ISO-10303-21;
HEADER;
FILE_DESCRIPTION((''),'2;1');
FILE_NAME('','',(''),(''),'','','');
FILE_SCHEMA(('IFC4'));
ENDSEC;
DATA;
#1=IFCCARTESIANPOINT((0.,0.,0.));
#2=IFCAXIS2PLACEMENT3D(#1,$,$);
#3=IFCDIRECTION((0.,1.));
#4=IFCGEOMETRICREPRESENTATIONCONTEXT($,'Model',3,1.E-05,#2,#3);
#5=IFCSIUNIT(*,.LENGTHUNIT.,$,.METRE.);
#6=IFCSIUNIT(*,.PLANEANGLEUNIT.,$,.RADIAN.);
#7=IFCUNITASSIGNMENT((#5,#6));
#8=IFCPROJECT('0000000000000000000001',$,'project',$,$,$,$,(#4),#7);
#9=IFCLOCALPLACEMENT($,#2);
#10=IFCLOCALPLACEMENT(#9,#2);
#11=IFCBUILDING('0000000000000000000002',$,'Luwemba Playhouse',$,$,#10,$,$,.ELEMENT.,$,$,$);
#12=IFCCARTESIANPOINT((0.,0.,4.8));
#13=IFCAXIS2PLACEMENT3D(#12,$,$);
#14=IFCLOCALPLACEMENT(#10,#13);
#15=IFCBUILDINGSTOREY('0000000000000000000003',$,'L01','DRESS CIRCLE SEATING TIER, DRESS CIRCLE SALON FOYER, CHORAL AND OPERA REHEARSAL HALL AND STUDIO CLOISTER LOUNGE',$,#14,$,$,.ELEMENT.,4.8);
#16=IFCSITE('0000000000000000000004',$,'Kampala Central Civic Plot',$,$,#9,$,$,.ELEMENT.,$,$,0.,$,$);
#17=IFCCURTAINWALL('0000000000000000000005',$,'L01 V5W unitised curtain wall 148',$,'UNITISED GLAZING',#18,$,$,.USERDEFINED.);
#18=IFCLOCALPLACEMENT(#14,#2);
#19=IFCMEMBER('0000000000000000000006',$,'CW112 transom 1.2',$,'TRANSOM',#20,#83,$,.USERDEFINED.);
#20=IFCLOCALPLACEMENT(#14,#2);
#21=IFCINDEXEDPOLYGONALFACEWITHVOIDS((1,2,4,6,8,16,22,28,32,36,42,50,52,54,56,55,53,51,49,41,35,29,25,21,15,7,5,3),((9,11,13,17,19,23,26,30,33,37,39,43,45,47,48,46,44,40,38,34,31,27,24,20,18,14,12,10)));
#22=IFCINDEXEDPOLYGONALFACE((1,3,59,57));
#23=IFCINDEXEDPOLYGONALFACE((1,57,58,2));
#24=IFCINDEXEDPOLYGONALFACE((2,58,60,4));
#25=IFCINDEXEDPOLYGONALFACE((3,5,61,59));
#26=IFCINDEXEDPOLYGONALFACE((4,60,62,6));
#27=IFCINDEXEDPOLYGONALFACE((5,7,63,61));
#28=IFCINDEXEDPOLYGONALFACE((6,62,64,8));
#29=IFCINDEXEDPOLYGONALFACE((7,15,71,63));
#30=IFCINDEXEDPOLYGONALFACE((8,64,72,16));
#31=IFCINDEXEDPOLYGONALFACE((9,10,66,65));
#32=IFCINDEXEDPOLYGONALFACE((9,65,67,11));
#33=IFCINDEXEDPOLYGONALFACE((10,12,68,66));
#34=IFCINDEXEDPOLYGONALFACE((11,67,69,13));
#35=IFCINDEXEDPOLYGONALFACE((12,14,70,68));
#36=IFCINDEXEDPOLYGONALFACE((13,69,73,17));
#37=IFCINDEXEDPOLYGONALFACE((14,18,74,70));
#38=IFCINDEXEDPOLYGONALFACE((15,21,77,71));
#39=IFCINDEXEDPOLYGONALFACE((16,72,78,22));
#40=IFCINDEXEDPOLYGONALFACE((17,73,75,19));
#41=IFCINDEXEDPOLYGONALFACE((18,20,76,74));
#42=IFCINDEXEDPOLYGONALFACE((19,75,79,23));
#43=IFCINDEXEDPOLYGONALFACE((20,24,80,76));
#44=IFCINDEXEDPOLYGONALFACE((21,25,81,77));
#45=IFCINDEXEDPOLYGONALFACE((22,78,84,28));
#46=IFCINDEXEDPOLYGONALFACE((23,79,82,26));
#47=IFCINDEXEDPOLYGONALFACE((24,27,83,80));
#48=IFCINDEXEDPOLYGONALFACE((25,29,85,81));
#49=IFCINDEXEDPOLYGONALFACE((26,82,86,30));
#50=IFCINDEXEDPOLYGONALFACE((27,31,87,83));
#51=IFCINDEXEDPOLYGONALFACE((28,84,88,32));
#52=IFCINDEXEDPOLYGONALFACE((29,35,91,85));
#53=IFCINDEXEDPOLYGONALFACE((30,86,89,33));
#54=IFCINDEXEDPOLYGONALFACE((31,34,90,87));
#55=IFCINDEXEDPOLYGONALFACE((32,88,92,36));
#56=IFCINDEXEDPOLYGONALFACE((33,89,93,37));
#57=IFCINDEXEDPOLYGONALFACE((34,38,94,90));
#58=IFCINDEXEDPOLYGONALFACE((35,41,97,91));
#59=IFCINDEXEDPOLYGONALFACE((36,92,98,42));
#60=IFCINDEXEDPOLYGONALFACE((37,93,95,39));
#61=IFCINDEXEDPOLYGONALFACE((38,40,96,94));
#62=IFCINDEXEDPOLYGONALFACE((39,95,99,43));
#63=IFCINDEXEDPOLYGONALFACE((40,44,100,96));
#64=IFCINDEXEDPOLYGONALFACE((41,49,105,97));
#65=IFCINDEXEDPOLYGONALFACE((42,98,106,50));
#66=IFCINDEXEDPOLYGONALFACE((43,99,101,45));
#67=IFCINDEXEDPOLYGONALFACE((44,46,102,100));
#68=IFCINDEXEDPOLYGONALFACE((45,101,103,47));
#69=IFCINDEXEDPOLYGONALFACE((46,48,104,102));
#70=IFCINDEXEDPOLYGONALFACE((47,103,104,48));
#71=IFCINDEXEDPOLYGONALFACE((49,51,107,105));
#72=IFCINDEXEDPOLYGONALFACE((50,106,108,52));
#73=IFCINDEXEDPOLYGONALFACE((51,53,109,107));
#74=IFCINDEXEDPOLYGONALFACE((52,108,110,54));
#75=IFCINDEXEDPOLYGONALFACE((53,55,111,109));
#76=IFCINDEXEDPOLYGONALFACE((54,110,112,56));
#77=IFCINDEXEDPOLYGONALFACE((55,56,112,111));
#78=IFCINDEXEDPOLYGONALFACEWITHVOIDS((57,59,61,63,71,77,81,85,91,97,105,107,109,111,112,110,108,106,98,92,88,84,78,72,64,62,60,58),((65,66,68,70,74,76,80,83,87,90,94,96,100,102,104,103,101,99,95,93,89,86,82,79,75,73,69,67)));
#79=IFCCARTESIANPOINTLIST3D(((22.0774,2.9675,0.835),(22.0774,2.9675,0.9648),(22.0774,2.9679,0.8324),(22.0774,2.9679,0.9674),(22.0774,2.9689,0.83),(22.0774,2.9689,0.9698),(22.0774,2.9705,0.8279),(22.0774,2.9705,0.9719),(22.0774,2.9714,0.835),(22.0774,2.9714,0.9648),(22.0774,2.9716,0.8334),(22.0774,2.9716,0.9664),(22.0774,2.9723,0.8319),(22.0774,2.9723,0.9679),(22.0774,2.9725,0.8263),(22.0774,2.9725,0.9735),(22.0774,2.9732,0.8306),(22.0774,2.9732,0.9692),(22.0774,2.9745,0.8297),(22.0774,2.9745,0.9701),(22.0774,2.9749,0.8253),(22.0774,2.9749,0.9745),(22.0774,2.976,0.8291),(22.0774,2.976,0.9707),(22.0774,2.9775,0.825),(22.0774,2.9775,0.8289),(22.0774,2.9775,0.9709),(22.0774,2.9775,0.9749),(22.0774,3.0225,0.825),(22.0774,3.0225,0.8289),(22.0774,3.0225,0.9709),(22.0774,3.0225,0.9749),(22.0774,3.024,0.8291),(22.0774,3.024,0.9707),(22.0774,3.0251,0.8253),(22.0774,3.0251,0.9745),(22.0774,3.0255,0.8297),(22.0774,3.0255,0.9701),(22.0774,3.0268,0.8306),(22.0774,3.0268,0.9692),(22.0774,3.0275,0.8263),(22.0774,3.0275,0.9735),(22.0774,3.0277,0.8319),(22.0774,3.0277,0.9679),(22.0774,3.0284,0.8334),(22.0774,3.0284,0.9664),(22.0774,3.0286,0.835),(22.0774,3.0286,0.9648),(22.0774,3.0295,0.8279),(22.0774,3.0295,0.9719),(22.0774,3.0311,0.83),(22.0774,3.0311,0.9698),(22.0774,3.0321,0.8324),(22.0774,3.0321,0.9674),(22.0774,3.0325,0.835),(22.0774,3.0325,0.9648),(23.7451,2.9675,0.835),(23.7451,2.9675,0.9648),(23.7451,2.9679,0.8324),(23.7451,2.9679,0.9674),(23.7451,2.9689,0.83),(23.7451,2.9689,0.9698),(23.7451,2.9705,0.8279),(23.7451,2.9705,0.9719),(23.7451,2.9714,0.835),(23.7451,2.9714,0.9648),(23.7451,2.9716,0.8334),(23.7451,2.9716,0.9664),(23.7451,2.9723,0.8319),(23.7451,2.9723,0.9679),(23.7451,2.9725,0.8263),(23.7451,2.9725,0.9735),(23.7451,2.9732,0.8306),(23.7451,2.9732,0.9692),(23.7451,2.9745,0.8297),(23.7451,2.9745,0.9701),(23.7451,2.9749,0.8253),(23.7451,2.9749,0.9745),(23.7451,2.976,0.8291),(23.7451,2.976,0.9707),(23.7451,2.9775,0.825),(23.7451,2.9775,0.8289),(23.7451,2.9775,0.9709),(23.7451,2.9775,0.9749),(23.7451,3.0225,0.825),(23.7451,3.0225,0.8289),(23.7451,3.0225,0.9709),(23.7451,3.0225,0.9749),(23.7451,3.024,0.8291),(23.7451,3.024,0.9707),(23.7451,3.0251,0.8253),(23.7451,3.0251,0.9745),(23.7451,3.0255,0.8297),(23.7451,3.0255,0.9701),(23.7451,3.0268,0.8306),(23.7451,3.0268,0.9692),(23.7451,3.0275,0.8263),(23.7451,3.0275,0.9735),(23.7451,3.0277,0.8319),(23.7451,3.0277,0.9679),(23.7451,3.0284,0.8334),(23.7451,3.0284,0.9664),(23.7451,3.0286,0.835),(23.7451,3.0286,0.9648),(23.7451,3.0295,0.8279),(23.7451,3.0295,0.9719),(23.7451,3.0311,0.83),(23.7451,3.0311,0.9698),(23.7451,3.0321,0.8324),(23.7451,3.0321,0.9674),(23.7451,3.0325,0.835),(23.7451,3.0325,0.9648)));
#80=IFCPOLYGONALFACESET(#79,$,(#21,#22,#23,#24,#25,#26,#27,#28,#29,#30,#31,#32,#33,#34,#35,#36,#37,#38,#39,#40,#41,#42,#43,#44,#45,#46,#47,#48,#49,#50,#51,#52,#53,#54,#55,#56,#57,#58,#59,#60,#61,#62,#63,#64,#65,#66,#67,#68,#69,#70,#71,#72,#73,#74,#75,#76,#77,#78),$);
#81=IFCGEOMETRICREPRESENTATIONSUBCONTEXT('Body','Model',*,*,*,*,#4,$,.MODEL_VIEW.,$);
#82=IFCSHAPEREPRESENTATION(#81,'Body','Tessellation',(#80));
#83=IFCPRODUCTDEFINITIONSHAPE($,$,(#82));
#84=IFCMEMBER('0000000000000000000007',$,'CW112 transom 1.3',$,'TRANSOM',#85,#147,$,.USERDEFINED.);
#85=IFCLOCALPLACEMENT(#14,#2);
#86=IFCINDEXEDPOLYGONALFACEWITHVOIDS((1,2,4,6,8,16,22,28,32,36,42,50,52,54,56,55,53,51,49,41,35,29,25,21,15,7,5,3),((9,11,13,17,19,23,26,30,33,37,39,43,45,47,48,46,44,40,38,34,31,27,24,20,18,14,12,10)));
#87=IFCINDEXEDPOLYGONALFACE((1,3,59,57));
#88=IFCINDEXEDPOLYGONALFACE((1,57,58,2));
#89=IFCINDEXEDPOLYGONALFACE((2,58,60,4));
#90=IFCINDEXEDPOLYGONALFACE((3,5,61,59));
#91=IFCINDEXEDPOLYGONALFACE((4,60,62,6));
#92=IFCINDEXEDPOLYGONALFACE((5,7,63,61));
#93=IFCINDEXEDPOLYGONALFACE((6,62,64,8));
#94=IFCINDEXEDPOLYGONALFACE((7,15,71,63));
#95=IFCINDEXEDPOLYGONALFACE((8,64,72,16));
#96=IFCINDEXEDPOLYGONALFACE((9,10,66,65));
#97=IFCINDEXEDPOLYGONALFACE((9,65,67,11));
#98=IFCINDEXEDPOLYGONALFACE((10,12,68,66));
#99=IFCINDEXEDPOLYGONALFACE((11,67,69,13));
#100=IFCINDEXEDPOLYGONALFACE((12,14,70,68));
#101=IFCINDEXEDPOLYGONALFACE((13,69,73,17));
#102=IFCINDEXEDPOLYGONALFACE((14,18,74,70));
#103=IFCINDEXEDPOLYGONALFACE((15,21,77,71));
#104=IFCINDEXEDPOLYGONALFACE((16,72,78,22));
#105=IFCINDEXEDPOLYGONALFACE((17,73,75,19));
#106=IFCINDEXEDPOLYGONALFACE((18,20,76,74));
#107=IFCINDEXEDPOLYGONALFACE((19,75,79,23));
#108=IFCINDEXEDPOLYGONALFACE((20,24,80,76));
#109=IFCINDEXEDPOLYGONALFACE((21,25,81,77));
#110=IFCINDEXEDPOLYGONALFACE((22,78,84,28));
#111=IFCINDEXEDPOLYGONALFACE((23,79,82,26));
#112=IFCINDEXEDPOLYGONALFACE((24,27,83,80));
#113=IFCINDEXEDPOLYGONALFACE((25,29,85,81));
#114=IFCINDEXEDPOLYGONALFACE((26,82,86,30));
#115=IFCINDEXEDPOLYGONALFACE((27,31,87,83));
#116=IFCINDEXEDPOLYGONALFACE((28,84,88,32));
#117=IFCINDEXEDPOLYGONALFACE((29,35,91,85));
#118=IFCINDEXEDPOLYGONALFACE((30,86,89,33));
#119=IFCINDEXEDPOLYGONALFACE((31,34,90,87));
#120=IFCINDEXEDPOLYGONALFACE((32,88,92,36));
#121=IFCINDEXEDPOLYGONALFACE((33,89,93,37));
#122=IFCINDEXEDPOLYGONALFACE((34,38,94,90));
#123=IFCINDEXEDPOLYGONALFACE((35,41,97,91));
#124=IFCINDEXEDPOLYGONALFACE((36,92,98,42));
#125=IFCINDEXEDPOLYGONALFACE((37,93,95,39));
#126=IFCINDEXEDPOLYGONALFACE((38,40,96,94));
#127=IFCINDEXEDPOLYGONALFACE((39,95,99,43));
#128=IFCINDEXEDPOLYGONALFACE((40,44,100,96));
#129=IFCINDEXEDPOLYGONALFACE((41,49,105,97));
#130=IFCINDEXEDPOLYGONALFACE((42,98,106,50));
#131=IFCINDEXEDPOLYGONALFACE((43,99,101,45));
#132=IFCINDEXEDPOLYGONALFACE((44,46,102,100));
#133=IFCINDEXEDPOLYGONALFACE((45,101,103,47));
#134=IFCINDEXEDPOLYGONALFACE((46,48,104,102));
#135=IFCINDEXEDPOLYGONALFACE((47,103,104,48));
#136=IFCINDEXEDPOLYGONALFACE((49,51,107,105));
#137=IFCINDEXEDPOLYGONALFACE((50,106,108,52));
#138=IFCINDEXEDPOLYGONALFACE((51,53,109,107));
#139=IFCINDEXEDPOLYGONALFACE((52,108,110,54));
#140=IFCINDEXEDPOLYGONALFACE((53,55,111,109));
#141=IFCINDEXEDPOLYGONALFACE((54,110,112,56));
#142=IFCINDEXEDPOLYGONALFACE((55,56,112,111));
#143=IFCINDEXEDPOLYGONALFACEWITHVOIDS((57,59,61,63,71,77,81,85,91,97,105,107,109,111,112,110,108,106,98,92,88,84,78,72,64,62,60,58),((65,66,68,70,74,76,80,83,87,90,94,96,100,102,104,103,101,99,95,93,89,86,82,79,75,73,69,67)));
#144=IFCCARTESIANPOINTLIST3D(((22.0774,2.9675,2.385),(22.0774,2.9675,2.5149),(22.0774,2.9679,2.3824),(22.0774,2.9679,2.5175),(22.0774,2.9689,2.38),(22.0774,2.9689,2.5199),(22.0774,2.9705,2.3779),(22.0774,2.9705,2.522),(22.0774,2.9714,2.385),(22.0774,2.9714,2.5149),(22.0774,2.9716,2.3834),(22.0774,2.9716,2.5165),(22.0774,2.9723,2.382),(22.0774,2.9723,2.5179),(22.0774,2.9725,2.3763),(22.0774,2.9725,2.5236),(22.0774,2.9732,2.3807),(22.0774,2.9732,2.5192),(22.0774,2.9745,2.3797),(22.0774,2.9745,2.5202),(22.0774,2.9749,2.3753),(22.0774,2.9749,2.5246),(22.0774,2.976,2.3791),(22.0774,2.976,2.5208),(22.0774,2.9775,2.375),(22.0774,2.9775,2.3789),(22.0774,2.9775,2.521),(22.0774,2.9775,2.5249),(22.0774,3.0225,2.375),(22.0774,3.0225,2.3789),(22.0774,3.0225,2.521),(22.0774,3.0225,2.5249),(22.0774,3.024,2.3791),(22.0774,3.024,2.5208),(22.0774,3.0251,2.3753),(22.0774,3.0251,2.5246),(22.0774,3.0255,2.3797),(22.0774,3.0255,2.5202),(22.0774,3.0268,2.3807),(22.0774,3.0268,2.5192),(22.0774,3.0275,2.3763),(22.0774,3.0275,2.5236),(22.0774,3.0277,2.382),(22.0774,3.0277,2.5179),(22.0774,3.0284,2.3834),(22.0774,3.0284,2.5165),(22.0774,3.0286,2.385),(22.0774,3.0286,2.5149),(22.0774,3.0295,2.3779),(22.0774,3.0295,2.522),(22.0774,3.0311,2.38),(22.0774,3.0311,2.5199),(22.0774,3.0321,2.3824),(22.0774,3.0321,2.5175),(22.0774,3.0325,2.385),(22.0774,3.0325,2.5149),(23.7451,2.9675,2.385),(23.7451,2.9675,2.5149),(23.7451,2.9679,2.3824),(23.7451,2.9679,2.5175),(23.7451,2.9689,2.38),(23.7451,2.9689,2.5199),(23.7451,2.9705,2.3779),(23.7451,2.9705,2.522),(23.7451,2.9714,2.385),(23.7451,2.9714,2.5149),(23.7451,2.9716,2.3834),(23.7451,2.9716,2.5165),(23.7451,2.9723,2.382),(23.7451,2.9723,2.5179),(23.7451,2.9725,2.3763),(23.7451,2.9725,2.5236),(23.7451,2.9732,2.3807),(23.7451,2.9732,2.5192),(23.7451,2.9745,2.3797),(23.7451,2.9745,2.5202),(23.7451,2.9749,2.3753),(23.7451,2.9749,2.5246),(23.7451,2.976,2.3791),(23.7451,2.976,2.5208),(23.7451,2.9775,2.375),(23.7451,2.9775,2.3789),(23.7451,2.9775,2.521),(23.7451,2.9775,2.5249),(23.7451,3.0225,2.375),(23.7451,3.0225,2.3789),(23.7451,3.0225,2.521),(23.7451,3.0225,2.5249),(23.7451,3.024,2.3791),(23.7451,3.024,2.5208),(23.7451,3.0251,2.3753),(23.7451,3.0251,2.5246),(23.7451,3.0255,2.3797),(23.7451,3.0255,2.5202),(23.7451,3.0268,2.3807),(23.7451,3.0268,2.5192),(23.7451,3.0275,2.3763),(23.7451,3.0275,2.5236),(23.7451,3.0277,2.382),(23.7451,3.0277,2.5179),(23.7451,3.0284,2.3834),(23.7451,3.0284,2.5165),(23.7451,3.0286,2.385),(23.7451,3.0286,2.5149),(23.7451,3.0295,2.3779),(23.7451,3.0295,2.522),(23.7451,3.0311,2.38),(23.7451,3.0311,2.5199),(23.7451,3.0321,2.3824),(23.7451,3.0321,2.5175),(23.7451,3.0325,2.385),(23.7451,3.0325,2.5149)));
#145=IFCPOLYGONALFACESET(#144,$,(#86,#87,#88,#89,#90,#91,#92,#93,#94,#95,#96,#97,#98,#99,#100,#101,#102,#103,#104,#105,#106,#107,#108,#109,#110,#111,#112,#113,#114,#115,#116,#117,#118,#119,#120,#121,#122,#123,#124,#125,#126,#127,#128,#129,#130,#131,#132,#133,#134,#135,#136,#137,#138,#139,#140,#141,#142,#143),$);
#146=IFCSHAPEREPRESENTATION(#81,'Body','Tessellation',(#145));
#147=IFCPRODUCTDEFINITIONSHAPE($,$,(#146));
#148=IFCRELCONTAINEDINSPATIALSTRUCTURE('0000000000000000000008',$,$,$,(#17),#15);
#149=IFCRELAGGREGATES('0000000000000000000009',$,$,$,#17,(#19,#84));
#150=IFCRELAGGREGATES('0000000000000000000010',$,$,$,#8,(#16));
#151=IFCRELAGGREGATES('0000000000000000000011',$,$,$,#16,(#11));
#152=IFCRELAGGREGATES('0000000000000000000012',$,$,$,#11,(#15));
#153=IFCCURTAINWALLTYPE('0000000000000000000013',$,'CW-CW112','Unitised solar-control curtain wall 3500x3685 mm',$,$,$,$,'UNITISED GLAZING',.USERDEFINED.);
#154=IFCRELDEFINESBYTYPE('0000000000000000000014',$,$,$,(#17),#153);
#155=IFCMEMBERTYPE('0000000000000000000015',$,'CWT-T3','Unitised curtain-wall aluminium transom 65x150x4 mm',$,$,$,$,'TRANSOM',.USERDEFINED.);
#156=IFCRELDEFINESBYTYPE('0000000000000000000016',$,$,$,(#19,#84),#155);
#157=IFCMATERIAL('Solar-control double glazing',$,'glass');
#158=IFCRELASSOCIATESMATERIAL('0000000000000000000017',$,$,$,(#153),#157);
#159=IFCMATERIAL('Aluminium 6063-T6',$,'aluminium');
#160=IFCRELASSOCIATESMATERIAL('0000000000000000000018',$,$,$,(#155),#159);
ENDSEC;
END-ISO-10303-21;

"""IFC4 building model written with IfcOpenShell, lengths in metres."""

from ifc_helpers import new_model, si_unit, direction, frame, origin, origin_2d, place, context, subcontext, project, spatial, hollow_rectangle, extrude, material, material_profile, profile_set, type_object, element, aggregate, save


model = new_model("IFC4")

# Units and contexts
model_context = context("Model", 3, precision=1e-05, world=origin(), true_north=direction((0.0, 1.0)))
body_context = subcontext(model_context, "Body", "Model", "MODEL_VIEW")
ifc_project = project(units=[si_unit("LENGTHUNIT", "METRE"), si_unit("PLANEANGLEUNIT", "RADIAN")], contexts=[model_context])

# Site, building, storey
site_placement = place(None, origin())
site = spatial("IfcSite", under=ifc_project, at=site_placement, Name="Kampala Central Civic Plot", CompositionType="ELEMENT", RefElevation=0.0)
building_placement = place(site_placement, origin())
building = spatial("IfcBuilding", under=site, at=building_placement, Name="Luwemba Playhouse", CompositionType="ELEMENT")
storey_placement = place(building_placement, frame((0.0, 0.0, 4.8)))
storey = spatial("IfcBuildingStorey", under=building, at=storey_placement, Name="L01", Description="DRESS CIRCLE SEATING TIER, DRESS CIRCLE SALON FOYER, CHORAL AND OPERA REHEARSAL HALL AND STUDIO CLOISTER LOUNGE", CompositionType="ELEMENT", Elevation=4.8)

# Curtain wall
ifc_material_1 = material(Name="Solar-control double glazing", Category="glass")
curtain_wall_type_1 = type_object("IfcCurtainWallType", Name="CW-CW112", Description="Unitised solar-control curtain wall 3500x3685 mm", ElementType="UNITISED GLAZING", PredefinedType="USERDEFINED", material=ifc_material_1)
curtain_wall_1_placement = place(storey_placement, origin())
curtain_wall_1 = element("IfcCurtainWall", 1, at=curtain_wall_1_placement, inside=storey, type_object=curtain_wall_type_1, Name="L01 V5W unitised curtain wall 148", ObjectType="UNITISED GLAZING", PredefinedType="USERDEFINED")
ifc_material_2 = material(Name="Aluminium 6063-T6", Category="aluminium")

# Members
ifc_material_profile_1 = material_profile(ifc_material_2, hollow_rectangle(XDim=0.0649, YDim=0.1499, WallThickness=0.0039, InnerFilletRadius=0.0061, OuterFilletRadius=0.01, at=origin_2d()))
ifc_profile_set_1 = profile_set([ifc_material_profile_1], Name="Aluminium 6063-T6")
member_type_1 = type_object("IfcMemberType", Name="CWT-T3", Description="Unitised curtain-wall aluminium transom 65x150x4 mm", ElementType="TRANSOM", PredefinedType="USERDEFINED", material=ifc_profile_set_1)
member_1_placement = place(storey_placement, frame((23.7451, 3.0, 0.8999), z_axis=(-1.0, 0.0, 0.0), x_axis=(0.0, -1.0, 0.0)))
member_1 = element("IfcMember", 2, at=member_1_placement, type_object=member_type_1, Name="CW112 transom 1.2", ObjectType="TRANSOM", PredefinedType="USERDEFINED", context=body_context, shape_type="SweptSolid", body=[
    extrude(hollow_rectangle(XDim=0.0649, YDim=0.1499, WallThickness=0.0039, InnerFilletRadius=0.0061, OuterFilletRadius=0.01, at=origin_2d()), origin(), (0.0, 0.0, 1.0), 1.6677),
])
member_2_placement = place(storey_placement, frame((23.7451, 3.0, 2.45), z_axis=(-1.0, 0.0, 0.0), x_axis=(0.0, -1.0, 0.0)))
member_2 = element("IfcMember", 3, at=member_2_placement, type_object=member_type_1, Name="CW112 transom 1.3", ObjectType="TRANSOM", PredefinedType="USERDEFINED", context=body_context, shape_type="SweptSolid", body=[
    extrude(hollow_rectangle(XDim=0.0649, YDim=0.1499, WallThickness=0.0039, InnerFilletRadius=0.0061, OuterFilletRadius=0.01, at=origin_2d()), origin(), (0.0, 0.0, 1.0), 1.6677),
])

aggregate(curtain_wall_1, [member_1, member_2])

save(model, "model.ifc")
